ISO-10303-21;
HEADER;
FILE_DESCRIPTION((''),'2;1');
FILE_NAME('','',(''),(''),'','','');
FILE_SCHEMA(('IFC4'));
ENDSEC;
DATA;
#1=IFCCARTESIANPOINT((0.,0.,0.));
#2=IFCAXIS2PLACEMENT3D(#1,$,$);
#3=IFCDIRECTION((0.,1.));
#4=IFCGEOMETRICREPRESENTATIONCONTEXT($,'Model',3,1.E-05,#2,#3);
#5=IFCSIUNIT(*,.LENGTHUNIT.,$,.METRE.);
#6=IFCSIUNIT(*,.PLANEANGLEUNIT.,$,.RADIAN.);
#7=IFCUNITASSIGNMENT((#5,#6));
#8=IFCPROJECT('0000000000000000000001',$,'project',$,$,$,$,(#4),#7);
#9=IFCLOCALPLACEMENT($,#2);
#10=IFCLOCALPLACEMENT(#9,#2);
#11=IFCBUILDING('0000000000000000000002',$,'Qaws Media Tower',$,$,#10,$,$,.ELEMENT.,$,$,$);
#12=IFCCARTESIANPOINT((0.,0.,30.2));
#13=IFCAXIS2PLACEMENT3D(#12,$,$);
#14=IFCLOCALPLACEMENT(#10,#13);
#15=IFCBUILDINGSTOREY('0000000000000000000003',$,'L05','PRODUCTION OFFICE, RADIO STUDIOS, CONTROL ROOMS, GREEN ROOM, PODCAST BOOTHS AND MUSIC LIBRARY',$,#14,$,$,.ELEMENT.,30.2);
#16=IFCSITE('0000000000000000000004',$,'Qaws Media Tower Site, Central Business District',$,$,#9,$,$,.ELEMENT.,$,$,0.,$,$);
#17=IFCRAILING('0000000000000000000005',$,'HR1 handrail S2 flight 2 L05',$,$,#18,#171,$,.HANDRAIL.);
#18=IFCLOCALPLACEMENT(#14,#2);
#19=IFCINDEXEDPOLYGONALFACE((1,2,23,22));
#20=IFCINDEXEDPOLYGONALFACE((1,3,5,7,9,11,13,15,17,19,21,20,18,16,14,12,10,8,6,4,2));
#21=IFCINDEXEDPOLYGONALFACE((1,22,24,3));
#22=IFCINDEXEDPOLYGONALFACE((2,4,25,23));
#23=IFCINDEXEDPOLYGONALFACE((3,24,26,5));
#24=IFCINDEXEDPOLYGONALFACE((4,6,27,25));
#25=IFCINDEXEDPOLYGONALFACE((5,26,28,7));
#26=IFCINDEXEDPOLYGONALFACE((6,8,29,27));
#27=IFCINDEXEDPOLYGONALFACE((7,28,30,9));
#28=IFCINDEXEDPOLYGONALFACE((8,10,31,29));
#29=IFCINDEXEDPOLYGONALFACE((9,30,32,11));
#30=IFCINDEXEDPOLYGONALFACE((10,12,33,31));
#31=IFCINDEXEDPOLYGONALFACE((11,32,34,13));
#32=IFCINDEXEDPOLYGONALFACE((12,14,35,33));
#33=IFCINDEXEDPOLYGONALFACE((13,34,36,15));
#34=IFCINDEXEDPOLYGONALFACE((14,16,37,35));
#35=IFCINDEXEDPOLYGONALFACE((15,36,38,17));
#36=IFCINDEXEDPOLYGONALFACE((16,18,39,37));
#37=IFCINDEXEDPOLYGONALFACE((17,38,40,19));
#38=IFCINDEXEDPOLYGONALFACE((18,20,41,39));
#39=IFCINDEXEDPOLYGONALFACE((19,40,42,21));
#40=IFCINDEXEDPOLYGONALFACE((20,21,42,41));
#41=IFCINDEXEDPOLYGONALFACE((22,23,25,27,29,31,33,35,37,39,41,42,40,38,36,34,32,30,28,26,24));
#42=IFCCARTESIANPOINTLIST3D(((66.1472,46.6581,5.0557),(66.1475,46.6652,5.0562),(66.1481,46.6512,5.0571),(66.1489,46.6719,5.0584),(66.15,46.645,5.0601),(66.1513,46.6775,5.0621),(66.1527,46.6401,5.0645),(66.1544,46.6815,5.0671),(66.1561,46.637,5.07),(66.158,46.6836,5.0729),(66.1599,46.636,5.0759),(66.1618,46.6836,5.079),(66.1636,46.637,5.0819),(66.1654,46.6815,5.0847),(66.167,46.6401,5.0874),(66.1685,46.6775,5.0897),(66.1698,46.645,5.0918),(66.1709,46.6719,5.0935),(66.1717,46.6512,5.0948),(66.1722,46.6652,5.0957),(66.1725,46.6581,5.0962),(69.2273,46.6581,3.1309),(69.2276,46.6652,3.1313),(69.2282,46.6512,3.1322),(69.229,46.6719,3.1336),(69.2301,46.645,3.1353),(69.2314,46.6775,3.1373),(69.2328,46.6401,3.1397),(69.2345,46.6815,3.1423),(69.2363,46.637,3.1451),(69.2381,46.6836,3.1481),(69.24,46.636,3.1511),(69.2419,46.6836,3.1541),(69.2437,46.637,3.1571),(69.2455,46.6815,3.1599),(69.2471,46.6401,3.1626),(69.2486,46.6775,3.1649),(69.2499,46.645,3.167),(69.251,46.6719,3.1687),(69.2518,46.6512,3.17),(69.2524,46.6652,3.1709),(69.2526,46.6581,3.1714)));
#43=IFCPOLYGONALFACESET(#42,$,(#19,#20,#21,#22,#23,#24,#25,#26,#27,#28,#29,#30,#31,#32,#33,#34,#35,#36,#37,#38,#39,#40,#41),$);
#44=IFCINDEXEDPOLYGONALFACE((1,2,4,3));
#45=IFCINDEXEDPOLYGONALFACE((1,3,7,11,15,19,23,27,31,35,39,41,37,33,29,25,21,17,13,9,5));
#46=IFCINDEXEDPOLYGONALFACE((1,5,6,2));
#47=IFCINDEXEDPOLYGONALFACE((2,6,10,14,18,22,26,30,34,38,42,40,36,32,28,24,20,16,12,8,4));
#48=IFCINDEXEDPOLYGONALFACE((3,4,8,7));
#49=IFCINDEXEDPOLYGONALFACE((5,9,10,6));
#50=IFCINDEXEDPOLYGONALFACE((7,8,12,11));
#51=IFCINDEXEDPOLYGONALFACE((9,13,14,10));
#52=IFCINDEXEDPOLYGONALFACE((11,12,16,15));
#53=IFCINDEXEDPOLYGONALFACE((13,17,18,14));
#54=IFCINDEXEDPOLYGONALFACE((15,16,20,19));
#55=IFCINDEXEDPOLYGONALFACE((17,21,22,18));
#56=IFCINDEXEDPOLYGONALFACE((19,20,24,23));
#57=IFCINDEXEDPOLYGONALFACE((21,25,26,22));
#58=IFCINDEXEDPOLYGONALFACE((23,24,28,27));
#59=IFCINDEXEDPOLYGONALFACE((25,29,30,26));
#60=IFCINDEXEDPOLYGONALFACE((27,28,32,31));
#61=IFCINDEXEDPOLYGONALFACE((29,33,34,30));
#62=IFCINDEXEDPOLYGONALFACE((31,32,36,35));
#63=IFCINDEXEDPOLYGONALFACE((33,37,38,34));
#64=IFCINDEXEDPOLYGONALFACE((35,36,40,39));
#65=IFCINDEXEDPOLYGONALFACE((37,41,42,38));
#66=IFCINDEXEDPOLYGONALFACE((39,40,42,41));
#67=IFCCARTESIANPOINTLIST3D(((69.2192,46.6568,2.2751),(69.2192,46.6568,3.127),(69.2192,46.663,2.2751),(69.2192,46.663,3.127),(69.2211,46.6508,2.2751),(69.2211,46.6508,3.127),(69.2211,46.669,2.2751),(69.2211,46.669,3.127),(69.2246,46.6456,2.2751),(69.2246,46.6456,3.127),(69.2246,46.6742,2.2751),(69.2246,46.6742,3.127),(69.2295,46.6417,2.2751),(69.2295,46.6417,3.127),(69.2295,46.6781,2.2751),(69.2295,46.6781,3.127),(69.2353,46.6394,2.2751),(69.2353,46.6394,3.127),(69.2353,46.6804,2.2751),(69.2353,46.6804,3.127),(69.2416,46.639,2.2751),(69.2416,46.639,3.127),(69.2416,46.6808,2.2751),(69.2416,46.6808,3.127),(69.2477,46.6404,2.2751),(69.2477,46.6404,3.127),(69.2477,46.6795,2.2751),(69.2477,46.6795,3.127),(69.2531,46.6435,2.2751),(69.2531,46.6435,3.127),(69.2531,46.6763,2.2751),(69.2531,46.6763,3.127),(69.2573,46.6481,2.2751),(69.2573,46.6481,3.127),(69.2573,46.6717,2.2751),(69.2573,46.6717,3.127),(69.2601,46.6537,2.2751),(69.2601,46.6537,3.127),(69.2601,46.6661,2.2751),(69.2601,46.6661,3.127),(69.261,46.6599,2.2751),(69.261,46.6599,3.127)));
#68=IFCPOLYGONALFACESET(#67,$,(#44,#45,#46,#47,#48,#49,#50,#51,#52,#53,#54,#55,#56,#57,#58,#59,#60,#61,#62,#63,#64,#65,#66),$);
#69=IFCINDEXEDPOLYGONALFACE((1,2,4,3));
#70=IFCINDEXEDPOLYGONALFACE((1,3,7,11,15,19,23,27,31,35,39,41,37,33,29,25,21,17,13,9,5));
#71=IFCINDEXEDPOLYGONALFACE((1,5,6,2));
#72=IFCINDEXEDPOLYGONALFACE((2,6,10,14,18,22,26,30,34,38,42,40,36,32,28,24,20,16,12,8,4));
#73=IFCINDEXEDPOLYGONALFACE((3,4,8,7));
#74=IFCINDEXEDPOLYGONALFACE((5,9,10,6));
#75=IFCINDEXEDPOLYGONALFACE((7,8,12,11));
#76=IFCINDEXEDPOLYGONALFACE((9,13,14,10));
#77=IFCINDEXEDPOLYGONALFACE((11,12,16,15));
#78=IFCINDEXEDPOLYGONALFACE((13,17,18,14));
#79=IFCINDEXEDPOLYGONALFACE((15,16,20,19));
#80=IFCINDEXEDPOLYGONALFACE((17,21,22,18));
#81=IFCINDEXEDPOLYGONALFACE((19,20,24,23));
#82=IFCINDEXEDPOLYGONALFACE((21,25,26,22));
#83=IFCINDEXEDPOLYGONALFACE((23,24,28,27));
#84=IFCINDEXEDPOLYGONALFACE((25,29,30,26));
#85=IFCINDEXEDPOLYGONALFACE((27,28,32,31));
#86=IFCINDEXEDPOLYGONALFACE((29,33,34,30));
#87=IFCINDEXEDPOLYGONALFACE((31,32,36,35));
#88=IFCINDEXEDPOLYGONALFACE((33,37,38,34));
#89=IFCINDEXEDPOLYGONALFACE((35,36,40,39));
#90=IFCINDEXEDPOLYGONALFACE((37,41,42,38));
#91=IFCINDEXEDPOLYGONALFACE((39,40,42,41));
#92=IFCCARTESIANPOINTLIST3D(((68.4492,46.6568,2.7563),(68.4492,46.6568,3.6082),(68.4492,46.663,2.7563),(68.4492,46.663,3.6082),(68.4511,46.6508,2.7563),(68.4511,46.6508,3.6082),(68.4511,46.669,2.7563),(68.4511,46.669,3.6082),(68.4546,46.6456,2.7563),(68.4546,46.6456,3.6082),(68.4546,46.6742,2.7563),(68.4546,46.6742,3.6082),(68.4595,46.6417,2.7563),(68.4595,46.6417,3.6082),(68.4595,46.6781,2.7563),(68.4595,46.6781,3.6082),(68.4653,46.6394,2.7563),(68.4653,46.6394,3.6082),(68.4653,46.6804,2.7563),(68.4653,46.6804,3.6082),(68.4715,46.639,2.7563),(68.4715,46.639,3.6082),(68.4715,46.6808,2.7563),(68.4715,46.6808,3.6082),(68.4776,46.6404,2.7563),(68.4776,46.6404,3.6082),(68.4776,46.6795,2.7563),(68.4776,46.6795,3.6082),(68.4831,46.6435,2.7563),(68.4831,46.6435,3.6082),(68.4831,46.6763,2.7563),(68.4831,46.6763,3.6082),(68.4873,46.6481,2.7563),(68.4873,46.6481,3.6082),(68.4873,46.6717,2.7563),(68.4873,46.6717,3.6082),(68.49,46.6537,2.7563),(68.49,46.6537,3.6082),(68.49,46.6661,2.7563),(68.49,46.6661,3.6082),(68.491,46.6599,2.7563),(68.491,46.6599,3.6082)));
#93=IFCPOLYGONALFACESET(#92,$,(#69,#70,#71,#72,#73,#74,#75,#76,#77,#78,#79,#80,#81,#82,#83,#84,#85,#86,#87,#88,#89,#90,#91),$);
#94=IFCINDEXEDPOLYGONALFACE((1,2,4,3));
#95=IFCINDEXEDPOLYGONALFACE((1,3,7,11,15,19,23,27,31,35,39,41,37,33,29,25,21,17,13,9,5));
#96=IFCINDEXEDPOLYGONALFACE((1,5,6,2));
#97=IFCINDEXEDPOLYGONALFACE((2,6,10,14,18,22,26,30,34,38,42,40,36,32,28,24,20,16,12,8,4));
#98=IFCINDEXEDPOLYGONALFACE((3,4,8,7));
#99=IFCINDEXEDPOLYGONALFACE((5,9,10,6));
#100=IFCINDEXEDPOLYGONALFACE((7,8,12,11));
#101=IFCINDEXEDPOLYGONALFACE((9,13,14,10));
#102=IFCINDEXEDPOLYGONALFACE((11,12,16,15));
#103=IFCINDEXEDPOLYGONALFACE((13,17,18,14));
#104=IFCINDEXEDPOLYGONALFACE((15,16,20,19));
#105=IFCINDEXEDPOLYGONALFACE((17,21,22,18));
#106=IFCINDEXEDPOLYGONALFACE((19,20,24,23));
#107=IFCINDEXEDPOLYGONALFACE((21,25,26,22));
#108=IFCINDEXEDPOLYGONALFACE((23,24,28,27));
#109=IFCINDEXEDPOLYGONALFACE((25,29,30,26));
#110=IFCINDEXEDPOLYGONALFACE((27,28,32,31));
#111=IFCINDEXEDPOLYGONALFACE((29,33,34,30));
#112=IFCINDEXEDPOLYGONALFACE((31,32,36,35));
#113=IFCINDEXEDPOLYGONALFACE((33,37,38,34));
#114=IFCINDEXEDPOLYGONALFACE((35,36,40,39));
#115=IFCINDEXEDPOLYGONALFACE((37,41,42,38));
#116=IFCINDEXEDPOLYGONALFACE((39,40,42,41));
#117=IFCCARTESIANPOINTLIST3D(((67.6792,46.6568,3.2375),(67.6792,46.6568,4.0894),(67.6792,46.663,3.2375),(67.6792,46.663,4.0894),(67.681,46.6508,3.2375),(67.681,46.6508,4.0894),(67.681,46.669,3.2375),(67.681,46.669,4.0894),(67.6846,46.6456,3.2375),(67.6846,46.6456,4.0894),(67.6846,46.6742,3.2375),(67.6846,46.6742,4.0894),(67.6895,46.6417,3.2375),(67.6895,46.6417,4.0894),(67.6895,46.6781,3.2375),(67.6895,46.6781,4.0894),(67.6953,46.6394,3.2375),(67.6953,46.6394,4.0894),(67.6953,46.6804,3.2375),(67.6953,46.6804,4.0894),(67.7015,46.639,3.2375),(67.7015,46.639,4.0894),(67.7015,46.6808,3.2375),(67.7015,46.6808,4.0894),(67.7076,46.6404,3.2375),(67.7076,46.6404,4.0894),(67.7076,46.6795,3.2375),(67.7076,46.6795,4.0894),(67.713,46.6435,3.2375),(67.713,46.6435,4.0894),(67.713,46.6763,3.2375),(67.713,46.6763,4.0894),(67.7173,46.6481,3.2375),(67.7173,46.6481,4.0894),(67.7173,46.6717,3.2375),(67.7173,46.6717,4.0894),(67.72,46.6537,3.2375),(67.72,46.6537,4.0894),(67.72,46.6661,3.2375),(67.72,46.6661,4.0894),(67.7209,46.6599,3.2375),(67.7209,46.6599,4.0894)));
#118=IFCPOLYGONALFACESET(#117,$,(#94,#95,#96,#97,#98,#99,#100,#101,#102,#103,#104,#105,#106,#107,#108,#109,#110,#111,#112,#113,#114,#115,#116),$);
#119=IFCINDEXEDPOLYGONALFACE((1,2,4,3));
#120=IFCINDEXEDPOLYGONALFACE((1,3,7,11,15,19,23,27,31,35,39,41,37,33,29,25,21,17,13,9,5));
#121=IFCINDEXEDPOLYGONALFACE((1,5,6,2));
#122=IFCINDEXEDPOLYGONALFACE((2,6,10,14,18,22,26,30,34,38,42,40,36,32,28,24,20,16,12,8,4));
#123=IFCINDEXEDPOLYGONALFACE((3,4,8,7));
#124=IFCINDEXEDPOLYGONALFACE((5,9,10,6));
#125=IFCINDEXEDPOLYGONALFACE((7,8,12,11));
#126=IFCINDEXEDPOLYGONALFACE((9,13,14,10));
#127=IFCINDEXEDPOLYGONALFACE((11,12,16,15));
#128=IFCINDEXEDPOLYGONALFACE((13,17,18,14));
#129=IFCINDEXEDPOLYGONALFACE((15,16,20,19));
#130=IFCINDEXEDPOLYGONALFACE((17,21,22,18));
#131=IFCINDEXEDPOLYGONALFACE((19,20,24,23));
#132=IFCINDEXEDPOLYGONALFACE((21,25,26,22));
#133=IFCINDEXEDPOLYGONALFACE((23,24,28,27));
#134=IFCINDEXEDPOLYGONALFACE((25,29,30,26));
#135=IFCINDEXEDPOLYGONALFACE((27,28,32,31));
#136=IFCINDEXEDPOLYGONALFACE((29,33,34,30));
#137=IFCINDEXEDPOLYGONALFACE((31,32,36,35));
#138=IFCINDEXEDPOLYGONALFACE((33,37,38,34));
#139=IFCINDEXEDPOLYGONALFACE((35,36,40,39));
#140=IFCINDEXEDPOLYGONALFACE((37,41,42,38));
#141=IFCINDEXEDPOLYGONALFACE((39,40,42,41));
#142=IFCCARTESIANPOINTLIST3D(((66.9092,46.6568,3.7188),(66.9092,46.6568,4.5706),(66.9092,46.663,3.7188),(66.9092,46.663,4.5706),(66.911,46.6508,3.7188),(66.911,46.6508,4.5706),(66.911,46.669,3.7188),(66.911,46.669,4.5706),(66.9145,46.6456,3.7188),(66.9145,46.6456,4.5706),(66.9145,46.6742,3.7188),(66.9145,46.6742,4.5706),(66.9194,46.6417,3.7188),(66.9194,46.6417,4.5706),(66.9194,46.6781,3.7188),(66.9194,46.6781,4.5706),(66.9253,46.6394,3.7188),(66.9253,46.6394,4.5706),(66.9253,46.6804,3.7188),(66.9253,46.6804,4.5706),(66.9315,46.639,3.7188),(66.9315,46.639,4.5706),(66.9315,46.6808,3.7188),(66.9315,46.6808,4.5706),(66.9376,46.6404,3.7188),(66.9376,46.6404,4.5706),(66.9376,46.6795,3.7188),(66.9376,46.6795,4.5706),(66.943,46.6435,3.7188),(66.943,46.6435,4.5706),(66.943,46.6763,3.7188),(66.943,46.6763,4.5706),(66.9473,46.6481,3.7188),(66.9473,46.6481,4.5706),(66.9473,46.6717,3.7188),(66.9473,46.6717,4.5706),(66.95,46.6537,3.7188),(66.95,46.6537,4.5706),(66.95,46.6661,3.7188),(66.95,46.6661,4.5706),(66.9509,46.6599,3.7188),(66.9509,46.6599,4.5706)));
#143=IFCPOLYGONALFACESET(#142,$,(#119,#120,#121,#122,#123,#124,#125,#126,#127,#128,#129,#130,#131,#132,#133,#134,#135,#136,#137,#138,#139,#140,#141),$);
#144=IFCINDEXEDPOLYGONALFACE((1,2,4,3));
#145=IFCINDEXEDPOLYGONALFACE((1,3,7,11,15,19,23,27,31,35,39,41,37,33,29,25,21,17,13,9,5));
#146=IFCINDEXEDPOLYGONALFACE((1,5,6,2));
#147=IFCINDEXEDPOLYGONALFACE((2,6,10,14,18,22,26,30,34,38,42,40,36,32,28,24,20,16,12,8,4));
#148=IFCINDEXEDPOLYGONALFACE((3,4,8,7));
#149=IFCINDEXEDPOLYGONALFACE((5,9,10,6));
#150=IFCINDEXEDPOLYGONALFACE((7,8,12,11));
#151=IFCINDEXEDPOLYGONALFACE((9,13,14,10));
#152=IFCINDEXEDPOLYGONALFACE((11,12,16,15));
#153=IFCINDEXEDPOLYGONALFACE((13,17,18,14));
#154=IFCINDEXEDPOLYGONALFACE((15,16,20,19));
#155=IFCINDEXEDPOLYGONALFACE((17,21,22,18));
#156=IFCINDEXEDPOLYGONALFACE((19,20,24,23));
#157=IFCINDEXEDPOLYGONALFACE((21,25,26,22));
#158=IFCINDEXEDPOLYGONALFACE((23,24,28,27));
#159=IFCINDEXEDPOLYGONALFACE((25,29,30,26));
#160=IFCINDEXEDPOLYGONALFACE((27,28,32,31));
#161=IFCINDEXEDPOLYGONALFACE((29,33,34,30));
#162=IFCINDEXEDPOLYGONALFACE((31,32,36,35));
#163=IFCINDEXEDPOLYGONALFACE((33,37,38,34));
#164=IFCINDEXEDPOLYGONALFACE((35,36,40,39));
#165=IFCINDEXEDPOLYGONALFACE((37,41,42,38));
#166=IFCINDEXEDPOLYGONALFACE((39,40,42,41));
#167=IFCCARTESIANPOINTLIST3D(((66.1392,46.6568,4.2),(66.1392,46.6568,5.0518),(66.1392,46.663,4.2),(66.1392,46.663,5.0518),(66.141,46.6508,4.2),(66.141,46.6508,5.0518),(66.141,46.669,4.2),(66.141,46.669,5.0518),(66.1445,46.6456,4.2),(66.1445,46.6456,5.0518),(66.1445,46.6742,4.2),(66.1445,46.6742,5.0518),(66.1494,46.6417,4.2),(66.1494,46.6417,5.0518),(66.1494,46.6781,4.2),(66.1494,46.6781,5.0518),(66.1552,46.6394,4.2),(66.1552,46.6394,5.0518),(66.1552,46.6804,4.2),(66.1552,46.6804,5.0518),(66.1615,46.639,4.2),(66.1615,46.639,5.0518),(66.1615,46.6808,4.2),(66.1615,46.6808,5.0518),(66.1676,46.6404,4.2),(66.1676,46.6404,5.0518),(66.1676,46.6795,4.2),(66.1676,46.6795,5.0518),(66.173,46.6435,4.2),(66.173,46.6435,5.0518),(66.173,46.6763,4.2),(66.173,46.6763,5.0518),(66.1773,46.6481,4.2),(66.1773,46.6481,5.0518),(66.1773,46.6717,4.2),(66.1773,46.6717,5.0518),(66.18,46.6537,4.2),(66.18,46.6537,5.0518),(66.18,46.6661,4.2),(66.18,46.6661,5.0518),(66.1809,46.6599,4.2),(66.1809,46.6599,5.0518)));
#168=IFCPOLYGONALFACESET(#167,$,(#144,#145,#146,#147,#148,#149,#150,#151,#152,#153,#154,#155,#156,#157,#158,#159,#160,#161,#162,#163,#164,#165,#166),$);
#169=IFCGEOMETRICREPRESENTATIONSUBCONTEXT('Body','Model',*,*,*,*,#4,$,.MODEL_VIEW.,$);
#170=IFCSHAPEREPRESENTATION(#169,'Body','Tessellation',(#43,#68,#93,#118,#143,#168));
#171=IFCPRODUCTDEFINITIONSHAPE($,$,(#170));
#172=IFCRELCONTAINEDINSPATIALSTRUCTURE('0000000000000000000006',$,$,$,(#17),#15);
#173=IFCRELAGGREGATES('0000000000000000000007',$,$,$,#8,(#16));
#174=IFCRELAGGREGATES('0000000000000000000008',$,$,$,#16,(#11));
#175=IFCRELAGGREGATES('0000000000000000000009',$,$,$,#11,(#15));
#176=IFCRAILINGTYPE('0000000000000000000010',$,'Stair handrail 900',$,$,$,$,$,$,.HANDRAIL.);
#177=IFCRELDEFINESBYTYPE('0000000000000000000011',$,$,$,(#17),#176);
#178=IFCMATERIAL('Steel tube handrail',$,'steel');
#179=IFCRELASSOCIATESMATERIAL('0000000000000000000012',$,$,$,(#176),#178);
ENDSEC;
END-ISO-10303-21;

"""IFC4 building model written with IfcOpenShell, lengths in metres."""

from ifc_helpers import new_model, si_unit, direction, frame, origin, origin_2d, place, context, subcontext, project, spatial, circle, extrude, material, type_object, element, save


model = new_model("IFC4")

# Units and contexts
model_context = context("Model", 3, precision=1e-05, world=origin(), true_north=direction((0.0, 1.0)))
body_context = subcontext(model_context, "Body", "Model", "MODEL_VIEW")
ifc_project = project(units=[si_unit("LENGTHUNIT", "METRE"), si_unit("PLANEANGLEUNIT", "RADIAN")], contexts=[model_context])

# Site, building, storey
site_placement = place(None, origin())
site = spatial("IfcSite", under=ifc_project, at=site_placement, Name="Qaws Media Tower Site, Central Business District", CompositionType="ELEMENT", RefElevation=0.0)
building_placement = place(site_placement, origin())
building = spatial("IfcBuilding", under=site, at=building_placement, Name="Qaws Media Tower", CompositionType="ELEMENT")
storey_placement = place(building_placement, frame((0.0, 0.0, 30.2)))
storey = spatial("IfcBuildingStorey", under=building, at=storey_placement, Name="L05", Description="PRODUCTION OFFICE, RADIO STUDIOS, CONTROL ROOMS, GREEN ROOM, PODCAST BOOTHS AND MUSIC LIBRARY", CompositionType="ELEMENT", Elevation=30.2)

# Railing
ifc_material_1 = material(Name="Steel tube handrail", Category="steel")
railing_type = type_object("IfcRailingType", Name="Stair handrail 900", PredefinedType="HANDRAIL", material=ifc_material_1)
railing_placement = place(storey_placement, frame((69.24, 46.6599, 2.2751)))
element("IfcRailing", 1, at=railing_placement, inside=storey, type_object=railing_type, Name="HR1 handrail S2 flight 2 L05", PredefinedType="HANDRAIL", context=body_context, shape_type="SweptSolid", body=[
    extrude(circle(Radius=0.0239, at=origin_2d()), frame((0.0, 0.0, 0.876), z_axis=(-0.848029, 0.0, 0.529951), x_axis=(0.0, -1.0, 0.0)), (0.0, 0.0, 1.0), 3.6321),
    extrude(circle(Radius=0.021, at=origin_2d()), origin(), (0.0, 0.0, 1.0), 0.8518),
    extrude(circle(Radius=0.021, at=origin_2d()), frame((-0.77, 0.0, 0.4812)), (0.0, 0.0, 1.0), 0.8518),
    extrude(circle(Radius=0.021, at=origin_2d()), frame((-1.54, 0.0, 0.9624)), (0.0, 0.0, 1.0), 0.8518),
    extrude(circle(Radius=0.021, at=origin_2d()), frame((-2.3101, 0.0, 1.4436)), (0.0, 0.0, 1.0), 0.8518),
    extrude(circle(Radius=0.021, at=origin_2d()), frame((-3.0801, 0.0, 1.9248)), (0.0, 0.0, 1.0), 0.8518),
])

save(model, "model.ifc")
